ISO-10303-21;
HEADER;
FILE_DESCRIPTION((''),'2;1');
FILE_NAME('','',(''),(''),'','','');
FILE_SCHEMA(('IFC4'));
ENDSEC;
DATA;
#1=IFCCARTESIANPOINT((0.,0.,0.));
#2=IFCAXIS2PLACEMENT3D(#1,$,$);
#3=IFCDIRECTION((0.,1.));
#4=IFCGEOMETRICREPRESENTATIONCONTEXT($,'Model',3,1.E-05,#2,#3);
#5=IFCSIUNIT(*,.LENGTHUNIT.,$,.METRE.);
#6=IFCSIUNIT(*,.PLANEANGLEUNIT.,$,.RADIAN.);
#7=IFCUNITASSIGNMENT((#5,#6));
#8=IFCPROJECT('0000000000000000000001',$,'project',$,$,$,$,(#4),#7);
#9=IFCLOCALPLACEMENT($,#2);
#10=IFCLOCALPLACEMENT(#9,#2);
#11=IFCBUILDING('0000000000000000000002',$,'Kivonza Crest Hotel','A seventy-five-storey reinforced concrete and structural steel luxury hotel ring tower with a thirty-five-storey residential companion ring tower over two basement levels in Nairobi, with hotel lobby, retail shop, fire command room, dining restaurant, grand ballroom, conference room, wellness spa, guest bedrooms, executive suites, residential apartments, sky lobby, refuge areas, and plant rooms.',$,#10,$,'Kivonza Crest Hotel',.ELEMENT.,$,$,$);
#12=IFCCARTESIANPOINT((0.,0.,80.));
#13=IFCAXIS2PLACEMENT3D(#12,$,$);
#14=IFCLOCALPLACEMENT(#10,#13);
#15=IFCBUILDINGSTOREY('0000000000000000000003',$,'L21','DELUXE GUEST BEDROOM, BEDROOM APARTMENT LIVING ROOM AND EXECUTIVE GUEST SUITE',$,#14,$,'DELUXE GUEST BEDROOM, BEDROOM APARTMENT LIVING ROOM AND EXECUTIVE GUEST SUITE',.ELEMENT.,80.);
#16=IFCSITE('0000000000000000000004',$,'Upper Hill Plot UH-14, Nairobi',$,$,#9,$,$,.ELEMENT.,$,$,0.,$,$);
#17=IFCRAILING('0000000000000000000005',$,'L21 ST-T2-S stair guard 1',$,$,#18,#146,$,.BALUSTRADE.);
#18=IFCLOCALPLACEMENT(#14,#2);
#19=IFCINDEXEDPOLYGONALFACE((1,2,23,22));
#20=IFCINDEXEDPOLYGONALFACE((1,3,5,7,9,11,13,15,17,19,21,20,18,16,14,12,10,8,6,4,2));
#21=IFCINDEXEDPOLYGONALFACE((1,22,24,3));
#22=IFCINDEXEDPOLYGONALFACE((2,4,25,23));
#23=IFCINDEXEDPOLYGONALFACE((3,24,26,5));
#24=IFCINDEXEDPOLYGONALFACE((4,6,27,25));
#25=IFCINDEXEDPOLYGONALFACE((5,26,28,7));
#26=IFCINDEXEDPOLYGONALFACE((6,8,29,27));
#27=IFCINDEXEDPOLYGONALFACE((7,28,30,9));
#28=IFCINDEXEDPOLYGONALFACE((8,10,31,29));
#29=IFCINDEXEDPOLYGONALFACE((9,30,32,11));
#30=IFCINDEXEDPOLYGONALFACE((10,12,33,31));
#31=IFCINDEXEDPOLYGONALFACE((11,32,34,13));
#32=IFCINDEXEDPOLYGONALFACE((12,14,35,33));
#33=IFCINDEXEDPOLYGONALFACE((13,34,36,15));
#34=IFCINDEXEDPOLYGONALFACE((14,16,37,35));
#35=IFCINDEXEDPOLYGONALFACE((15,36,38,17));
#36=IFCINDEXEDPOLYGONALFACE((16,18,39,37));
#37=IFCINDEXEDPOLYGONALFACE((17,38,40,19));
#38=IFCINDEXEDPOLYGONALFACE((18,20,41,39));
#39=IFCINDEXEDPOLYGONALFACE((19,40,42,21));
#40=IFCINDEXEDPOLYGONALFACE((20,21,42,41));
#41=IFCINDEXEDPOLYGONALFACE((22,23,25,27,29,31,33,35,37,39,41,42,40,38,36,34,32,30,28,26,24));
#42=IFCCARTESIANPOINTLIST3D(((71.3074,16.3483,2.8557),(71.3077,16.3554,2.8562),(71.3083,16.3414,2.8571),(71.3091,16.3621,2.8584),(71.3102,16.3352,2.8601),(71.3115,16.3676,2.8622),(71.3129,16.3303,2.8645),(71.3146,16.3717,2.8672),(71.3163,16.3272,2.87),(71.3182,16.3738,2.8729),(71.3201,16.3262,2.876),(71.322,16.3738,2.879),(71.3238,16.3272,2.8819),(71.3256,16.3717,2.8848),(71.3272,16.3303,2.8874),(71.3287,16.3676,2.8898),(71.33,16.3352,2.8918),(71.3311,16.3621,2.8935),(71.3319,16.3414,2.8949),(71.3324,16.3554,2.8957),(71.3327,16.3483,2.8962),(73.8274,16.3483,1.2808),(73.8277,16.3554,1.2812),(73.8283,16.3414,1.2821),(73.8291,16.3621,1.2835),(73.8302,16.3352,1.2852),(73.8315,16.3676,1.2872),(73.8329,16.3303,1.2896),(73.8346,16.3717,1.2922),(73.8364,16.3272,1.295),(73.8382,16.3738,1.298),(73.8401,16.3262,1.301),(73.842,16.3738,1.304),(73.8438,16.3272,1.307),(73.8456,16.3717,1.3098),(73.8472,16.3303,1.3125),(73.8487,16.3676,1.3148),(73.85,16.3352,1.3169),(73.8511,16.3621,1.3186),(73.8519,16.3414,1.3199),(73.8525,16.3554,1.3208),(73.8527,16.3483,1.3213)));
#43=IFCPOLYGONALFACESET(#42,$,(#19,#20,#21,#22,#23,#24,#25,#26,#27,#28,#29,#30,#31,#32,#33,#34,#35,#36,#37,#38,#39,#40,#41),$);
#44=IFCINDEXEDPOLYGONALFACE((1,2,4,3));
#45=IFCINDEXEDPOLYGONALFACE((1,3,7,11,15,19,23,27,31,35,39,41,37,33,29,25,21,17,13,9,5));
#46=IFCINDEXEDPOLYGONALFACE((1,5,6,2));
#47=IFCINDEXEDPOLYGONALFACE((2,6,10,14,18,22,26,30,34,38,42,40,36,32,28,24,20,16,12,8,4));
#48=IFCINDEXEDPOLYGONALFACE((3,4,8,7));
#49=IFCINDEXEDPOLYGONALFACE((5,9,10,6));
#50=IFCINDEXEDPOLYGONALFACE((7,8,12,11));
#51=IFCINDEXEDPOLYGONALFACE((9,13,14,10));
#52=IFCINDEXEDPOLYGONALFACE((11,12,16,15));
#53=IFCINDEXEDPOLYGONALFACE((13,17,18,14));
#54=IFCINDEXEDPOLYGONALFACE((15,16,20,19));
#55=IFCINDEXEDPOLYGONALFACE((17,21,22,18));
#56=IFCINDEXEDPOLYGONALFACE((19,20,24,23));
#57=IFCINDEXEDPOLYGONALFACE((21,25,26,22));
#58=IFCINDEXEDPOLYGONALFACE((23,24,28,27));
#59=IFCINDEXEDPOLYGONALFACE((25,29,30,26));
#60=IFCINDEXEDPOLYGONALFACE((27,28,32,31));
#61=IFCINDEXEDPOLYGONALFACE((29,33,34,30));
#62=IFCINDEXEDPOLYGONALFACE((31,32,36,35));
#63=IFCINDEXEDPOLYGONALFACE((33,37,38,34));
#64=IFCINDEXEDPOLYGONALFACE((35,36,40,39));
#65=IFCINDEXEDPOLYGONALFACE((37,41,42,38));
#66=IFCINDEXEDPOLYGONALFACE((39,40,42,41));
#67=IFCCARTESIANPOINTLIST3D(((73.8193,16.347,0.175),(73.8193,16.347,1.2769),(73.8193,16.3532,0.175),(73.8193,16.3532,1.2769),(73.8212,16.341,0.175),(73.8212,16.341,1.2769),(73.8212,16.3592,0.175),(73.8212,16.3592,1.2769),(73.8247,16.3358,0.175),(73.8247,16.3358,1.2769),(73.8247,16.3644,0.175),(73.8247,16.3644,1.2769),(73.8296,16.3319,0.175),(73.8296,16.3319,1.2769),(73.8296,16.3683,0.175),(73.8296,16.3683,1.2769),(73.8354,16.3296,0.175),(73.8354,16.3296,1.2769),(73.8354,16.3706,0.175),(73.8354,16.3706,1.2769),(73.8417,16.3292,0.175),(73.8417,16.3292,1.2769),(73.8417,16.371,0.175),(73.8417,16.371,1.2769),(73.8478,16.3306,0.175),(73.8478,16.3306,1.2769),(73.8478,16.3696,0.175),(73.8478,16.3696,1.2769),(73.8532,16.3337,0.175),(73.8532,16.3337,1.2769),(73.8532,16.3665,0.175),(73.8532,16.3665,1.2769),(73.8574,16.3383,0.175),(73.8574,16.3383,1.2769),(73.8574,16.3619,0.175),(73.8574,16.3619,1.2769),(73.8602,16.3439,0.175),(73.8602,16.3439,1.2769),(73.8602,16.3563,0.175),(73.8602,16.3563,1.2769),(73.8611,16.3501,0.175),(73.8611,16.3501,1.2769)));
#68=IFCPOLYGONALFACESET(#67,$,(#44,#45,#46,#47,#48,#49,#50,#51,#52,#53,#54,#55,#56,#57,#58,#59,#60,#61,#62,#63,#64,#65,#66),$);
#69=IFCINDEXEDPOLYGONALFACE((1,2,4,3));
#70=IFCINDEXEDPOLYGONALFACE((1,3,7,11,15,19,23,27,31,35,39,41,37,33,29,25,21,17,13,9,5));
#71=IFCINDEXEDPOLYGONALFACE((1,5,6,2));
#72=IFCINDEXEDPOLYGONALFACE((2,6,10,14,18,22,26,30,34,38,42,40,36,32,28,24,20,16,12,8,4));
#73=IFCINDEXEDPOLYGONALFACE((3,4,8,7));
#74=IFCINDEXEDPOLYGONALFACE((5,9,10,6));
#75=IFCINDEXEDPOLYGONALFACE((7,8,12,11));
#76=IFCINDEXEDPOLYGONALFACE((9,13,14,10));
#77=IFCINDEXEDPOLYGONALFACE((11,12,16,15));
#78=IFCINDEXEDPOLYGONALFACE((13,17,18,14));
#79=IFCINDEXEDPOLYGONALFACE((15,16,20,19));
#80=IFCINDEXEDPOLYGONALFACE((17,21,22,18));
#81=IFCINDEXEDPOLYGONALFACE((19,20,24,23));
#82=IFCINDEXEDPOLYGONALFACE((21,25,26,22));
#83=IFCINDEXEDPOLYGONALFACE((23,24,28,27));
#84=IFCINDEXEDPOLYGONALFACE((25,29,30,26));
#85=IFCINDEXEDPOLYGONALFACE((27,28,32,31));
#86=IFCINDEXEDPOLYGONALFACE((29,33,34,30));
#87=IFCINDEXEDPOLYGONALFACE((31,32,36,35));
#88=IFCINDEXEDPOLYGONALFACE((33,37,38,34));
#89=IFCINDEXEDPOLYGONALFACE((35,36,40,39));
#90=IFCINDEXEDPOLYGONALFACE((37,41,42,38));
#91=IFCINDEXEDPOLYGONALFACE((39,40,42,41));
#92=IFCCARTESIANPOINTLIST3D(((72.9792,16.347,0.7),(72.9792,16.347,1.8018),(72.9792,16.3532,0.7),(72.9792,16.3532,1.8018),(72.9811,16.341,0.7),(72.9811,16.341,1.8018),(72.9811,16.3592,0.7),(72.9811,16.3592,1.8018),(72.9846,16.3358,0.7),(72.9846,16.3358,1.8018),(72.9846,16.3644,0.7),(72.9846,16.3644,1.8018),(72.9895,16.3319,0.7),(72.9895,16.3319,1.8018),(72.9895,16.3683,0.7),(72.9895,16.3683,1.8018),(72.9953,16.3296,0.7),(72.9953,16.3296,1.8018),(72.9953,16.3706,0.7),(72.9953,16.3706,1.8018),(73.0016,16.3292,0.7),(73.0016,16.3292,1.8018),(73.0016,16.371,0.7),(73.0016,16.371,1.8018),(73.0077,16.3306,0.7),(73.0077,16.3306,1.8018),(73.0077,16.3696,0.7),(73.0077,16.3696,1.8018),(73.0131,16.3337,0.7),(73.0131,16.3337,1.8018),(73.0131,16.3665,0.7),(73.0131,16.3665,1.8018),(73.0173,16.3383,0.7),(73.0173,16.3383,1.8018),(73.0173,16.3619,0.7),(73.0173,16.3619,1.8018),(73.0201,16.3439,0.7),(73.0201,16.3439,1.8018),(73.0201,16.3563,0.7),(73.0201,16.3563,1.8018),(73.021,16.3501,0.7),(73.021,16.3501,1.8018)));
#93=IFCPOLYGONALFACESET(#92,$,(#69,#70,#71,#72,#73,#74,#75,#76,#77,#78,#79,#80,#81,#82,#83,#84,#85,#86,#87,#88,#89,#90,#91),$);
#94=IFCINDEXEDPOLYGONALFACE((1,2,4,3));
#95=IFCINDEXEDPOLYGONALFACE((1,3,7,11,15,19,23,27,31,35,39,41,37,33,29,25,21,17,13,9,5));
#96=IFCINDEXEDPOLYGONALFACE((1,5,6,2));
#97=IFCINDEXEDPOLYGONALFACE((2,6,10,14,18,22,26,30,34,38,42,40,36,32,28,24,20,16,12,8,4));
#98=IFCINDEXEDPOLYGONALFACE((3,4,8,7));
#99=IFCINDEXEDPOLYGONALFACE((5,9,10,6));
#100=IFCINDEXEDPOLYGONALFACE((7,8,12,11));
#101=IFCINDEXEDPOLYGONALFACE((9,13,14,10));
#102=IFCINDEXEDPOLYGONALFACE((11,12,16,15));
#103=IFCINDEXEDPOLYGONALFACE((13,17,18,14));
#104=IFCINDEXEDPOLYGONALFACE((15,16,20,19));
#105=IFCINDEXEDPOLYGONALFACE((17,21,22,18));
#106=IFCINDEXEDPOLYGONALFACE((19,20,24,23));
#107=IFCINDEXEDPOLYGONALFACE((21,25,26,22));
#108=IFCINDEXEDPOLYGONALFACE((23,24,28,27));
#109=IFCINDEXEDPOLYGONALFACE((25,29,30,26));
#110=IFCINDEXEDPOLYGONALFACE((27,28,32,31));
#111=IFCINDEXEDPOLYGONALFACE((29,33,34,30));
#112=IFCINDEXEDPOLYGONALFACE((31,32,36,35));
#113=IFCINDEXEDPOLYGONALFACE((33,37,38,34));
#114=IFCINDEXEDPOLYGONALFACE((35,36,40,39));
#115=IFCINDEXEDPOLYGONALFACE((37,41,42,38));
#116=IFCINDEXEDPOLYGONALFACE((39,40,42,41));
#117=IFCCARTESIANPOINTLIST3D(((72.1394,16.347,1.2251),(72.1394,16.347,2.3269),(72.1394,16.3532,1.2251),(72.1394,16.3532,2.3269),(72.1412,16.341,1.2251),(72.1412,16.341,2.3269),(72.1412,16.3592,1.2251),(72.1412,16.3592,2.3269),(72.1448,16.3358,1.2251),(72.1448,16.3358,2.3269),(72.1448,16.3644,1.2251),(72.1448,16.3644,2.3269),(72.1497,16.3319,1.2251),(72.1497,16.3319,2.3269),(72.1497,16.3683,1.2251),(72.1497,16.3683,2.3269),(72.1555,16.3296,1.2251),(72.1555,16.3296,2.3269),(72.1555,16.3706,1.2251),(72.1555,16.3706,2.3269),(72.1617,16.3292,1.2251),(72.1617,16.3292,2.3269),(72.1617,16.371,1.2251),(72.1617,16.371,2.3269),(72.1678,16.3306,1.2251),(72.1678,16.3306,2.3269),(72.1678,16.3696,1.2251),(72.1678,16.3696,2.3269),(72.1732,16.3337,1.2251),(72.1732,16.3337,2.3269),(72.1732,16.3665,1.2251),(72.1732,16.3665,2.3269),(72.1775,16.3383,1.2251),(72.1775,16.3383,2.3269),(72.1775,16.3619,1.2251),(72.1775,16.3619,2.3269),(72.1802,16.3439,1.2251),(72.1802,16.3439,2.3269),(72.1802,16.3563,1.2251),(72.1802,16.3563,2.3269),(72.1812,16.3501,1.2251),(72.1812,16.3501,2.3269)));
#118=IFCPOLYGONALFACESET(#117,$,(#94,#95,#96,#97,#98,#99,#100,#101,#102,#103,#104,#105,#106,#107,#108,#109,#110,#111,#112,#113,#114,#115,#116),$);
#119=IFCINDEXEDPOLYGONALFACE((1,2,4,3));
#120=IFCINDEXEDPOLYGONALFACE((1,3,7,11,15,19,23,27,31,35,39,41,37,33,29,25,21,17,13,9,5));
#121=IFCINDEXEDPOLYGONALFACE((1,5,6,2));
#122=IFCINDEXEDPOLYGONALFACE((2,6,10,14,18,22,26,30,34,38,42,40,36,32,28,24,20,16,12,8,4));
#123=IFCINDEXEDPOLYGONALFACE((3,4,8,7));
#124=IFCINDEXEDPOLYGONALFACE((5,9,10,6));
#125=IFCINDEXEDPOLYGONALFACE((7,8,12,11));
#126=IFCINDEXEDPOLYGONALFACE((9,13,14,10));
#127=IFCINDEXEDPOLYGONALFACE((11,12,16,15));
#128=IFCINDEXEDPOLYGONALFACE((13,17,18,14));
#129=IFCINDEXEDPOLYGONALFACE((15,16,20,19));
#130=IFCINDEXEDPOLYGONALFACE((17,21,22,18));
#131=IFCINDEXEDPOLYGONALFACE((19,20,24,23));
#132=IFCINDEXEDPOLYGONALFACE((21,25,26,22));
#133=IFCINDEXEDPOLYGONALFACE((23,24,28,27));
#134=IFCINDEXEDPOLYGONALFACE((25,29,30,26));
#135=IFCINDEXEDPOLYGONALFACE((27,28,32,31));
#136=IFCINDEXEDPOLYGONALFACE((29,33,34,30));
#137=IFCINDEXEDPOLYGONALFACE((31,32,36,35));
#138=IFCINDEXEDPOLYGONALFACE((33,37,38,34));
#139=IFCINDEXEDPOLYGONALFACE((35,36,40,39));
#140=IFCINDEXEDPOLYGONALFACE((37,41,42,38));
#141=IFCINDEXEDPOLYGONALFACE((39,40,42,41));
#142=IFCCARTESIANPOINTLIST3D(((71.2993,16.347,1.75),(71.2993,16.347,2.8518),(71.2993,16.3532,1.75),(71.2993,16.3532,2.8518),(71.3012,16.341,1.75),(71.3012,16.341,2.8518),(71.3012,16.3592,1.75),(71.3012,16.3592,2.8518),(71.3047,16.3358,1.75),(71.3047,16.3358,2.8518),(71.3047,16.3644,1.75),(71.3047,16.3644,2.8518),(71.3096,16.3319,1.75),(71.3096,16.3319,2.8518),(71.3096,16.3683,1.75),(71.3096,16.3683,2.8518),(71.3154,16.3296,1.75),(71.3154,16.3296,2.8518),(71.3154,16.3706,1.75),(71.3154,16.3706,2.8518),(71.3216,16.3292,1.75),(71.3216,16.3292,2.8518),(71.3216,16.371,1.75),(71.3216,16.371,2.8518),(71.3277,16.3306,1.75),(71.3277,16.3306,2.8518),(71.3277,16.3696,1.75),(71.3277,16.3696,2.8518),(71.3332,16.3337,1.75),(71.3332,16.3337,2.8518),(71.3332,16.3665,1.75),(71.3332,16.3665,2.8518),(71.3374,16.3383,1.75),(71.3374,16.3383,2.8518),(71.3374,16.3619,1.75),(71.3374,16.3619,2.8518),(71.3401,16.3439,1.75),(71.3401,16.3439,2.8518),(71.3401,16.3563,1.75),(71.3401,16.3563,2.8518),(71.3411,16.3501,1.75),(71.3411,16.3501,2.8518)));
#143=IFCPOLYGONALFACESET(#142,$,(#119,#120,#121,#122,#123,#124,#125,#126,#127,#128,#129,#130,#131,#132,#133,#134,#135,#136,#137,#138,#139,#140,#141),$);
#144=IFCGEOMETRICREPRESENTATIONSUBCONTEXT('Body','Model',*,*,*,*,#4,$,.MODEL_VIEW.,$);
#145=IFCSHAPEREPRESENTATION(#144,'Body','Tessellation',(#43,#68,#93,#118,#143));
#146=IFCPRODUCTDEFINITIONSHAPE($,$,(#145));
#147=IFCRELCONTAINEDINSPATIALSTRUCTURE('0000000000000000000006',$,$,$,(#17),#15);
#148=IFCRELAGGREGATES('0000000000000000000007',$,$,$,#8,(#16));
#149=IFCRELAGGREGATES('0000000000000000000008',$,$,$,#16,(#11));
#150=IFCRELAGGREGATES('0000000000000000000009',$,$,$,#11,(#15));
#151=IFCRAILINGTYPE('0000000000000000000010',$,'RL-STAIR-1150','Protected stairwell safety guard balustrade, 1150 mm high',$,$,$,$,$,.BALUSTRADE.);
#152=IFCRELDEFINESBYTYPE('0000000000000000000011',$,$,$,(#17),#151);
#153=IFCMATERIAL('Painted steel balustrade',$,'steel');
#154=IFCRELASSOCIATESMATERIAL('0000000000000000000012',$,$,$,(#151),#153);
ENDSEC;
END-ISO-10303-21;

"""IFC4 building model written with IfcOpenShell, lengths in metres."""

from ifc_helpers import new_model, si_unit, direction, frame, origin, origin_2d, place, context, subcontext, project, spatial, circle, extrude, material, type_object, element, save


model = new_model("IFC4")

# Units and contexts
model_context = context("Model", 3, precision=1e-05, world=origin(), true_north=direction((0.0, 1.0)))
body_context = subcontext(model_context, "Body", "Model", "MODEL_VIEW")
ifc_project = project(units=[si_unit("LENGTHUNIT", "METRE"), si_unit("PLANEANGLEUNIT", "RADIAN")], contexts=[model_context])

# Site, building, storey
site_placement = place(None, origin())
site = spatial("IfcSite", under=ifc_project, at=site_placement, Name="Upper Hill Plot UH-14, Nairobi", CompositionType="ELEMENT", RefElevation=0.0)
building_placement = place(site_placement, origin())
building = spatial("IfcBuilding", under=site, at=building_placement, Name="Kivonza Crest Hotel", Description="A seventy-five-storey reinforced concrete and structural steel luxury hotel ring tower with a thirty-five-storey residential companion ring tower over two basement levels in Nairobi, with hotel lobby, retail shop, fire command room, dining restaurant, grand ballroom, conference room, wellness spa, guest bedrooms, executive suites, residential apartments, sky lobby, refuge areas, and plant rooms.", LongName="Kivonza Crest Hotel", CompositionType="ELEMENT")
storey_placement = place(building_placement, frame((0.0, 0.0, 80.0)))
storey = spatial("IfcBuildingStorey", under=building, at=storey_placement, Name="L21", Description="DELUXE GUEST BEDROOM, BEDROOM APARTMENT LIVING ROOM AND EXECUTIVE GUEST SUITE", LongName="DELUXE GUEST BEDROOM, BEDROOM APARTMENT LIVING ROOM AND EXECUTIVE GUEST SUITE", CompositionType="ELEMENT", Elevation=80.0)

# Railing
ifc_material_1 = material(Name="Painted steel balustrade", Category="steel")
railing_type_1 = type_object("IfcRailingType", Name="RL-STAIR-1150", Description="Protected stairwell safety guard balustrade, 1150 mm high", PredefinedType="BALUSTRADE", material=ifc_material_1)
railing_1_placement = place(storey_placement, frame((73.8401, 16.3501, 0.175)))
element("IfcRailing", 1, at=railing_1_placement, inside=storey, type_object=railing_type_1, Name="L21 ST-T2-S stair guard 1", PredefinedType="BALUSTRADE", context=body_context, shape_type="SweptSolid", body=[
    extrude(circle(Radius=0.0239, at=origin_2d()), frame((0.0, 0.0, 1.126), z_axis=(-0.848008, 0.0, 0.529984), x_axis=(0.0, -1.0, 0.0)), (0.0, 0.0, 1.0), 2.9717),
    extrude(circle(Radius=0.021, at=origin_2d()), origin(), (0.0, 0.0, 1.0), 1.1018),
    extrude(circle(Radius=0.021, at=origin_2d()), frame((-0.8401, 0.0, 0.5249)), (0.0, 0.0, 1.0), 1.1018),
    extrude(circle(Radius=0.021, at=origin_2d()), frame((-1.6799, 0.0, 1.05)), (0.0, 0.0, 1.0), 1.1018),
    extrude(circle(Radius=0.021, at=origin_2d()), frame((-2.52, 0.0, 1.575)), (0.0, 0.0, 1.0), 1.1018),
])

save(model, "model.ifc")
